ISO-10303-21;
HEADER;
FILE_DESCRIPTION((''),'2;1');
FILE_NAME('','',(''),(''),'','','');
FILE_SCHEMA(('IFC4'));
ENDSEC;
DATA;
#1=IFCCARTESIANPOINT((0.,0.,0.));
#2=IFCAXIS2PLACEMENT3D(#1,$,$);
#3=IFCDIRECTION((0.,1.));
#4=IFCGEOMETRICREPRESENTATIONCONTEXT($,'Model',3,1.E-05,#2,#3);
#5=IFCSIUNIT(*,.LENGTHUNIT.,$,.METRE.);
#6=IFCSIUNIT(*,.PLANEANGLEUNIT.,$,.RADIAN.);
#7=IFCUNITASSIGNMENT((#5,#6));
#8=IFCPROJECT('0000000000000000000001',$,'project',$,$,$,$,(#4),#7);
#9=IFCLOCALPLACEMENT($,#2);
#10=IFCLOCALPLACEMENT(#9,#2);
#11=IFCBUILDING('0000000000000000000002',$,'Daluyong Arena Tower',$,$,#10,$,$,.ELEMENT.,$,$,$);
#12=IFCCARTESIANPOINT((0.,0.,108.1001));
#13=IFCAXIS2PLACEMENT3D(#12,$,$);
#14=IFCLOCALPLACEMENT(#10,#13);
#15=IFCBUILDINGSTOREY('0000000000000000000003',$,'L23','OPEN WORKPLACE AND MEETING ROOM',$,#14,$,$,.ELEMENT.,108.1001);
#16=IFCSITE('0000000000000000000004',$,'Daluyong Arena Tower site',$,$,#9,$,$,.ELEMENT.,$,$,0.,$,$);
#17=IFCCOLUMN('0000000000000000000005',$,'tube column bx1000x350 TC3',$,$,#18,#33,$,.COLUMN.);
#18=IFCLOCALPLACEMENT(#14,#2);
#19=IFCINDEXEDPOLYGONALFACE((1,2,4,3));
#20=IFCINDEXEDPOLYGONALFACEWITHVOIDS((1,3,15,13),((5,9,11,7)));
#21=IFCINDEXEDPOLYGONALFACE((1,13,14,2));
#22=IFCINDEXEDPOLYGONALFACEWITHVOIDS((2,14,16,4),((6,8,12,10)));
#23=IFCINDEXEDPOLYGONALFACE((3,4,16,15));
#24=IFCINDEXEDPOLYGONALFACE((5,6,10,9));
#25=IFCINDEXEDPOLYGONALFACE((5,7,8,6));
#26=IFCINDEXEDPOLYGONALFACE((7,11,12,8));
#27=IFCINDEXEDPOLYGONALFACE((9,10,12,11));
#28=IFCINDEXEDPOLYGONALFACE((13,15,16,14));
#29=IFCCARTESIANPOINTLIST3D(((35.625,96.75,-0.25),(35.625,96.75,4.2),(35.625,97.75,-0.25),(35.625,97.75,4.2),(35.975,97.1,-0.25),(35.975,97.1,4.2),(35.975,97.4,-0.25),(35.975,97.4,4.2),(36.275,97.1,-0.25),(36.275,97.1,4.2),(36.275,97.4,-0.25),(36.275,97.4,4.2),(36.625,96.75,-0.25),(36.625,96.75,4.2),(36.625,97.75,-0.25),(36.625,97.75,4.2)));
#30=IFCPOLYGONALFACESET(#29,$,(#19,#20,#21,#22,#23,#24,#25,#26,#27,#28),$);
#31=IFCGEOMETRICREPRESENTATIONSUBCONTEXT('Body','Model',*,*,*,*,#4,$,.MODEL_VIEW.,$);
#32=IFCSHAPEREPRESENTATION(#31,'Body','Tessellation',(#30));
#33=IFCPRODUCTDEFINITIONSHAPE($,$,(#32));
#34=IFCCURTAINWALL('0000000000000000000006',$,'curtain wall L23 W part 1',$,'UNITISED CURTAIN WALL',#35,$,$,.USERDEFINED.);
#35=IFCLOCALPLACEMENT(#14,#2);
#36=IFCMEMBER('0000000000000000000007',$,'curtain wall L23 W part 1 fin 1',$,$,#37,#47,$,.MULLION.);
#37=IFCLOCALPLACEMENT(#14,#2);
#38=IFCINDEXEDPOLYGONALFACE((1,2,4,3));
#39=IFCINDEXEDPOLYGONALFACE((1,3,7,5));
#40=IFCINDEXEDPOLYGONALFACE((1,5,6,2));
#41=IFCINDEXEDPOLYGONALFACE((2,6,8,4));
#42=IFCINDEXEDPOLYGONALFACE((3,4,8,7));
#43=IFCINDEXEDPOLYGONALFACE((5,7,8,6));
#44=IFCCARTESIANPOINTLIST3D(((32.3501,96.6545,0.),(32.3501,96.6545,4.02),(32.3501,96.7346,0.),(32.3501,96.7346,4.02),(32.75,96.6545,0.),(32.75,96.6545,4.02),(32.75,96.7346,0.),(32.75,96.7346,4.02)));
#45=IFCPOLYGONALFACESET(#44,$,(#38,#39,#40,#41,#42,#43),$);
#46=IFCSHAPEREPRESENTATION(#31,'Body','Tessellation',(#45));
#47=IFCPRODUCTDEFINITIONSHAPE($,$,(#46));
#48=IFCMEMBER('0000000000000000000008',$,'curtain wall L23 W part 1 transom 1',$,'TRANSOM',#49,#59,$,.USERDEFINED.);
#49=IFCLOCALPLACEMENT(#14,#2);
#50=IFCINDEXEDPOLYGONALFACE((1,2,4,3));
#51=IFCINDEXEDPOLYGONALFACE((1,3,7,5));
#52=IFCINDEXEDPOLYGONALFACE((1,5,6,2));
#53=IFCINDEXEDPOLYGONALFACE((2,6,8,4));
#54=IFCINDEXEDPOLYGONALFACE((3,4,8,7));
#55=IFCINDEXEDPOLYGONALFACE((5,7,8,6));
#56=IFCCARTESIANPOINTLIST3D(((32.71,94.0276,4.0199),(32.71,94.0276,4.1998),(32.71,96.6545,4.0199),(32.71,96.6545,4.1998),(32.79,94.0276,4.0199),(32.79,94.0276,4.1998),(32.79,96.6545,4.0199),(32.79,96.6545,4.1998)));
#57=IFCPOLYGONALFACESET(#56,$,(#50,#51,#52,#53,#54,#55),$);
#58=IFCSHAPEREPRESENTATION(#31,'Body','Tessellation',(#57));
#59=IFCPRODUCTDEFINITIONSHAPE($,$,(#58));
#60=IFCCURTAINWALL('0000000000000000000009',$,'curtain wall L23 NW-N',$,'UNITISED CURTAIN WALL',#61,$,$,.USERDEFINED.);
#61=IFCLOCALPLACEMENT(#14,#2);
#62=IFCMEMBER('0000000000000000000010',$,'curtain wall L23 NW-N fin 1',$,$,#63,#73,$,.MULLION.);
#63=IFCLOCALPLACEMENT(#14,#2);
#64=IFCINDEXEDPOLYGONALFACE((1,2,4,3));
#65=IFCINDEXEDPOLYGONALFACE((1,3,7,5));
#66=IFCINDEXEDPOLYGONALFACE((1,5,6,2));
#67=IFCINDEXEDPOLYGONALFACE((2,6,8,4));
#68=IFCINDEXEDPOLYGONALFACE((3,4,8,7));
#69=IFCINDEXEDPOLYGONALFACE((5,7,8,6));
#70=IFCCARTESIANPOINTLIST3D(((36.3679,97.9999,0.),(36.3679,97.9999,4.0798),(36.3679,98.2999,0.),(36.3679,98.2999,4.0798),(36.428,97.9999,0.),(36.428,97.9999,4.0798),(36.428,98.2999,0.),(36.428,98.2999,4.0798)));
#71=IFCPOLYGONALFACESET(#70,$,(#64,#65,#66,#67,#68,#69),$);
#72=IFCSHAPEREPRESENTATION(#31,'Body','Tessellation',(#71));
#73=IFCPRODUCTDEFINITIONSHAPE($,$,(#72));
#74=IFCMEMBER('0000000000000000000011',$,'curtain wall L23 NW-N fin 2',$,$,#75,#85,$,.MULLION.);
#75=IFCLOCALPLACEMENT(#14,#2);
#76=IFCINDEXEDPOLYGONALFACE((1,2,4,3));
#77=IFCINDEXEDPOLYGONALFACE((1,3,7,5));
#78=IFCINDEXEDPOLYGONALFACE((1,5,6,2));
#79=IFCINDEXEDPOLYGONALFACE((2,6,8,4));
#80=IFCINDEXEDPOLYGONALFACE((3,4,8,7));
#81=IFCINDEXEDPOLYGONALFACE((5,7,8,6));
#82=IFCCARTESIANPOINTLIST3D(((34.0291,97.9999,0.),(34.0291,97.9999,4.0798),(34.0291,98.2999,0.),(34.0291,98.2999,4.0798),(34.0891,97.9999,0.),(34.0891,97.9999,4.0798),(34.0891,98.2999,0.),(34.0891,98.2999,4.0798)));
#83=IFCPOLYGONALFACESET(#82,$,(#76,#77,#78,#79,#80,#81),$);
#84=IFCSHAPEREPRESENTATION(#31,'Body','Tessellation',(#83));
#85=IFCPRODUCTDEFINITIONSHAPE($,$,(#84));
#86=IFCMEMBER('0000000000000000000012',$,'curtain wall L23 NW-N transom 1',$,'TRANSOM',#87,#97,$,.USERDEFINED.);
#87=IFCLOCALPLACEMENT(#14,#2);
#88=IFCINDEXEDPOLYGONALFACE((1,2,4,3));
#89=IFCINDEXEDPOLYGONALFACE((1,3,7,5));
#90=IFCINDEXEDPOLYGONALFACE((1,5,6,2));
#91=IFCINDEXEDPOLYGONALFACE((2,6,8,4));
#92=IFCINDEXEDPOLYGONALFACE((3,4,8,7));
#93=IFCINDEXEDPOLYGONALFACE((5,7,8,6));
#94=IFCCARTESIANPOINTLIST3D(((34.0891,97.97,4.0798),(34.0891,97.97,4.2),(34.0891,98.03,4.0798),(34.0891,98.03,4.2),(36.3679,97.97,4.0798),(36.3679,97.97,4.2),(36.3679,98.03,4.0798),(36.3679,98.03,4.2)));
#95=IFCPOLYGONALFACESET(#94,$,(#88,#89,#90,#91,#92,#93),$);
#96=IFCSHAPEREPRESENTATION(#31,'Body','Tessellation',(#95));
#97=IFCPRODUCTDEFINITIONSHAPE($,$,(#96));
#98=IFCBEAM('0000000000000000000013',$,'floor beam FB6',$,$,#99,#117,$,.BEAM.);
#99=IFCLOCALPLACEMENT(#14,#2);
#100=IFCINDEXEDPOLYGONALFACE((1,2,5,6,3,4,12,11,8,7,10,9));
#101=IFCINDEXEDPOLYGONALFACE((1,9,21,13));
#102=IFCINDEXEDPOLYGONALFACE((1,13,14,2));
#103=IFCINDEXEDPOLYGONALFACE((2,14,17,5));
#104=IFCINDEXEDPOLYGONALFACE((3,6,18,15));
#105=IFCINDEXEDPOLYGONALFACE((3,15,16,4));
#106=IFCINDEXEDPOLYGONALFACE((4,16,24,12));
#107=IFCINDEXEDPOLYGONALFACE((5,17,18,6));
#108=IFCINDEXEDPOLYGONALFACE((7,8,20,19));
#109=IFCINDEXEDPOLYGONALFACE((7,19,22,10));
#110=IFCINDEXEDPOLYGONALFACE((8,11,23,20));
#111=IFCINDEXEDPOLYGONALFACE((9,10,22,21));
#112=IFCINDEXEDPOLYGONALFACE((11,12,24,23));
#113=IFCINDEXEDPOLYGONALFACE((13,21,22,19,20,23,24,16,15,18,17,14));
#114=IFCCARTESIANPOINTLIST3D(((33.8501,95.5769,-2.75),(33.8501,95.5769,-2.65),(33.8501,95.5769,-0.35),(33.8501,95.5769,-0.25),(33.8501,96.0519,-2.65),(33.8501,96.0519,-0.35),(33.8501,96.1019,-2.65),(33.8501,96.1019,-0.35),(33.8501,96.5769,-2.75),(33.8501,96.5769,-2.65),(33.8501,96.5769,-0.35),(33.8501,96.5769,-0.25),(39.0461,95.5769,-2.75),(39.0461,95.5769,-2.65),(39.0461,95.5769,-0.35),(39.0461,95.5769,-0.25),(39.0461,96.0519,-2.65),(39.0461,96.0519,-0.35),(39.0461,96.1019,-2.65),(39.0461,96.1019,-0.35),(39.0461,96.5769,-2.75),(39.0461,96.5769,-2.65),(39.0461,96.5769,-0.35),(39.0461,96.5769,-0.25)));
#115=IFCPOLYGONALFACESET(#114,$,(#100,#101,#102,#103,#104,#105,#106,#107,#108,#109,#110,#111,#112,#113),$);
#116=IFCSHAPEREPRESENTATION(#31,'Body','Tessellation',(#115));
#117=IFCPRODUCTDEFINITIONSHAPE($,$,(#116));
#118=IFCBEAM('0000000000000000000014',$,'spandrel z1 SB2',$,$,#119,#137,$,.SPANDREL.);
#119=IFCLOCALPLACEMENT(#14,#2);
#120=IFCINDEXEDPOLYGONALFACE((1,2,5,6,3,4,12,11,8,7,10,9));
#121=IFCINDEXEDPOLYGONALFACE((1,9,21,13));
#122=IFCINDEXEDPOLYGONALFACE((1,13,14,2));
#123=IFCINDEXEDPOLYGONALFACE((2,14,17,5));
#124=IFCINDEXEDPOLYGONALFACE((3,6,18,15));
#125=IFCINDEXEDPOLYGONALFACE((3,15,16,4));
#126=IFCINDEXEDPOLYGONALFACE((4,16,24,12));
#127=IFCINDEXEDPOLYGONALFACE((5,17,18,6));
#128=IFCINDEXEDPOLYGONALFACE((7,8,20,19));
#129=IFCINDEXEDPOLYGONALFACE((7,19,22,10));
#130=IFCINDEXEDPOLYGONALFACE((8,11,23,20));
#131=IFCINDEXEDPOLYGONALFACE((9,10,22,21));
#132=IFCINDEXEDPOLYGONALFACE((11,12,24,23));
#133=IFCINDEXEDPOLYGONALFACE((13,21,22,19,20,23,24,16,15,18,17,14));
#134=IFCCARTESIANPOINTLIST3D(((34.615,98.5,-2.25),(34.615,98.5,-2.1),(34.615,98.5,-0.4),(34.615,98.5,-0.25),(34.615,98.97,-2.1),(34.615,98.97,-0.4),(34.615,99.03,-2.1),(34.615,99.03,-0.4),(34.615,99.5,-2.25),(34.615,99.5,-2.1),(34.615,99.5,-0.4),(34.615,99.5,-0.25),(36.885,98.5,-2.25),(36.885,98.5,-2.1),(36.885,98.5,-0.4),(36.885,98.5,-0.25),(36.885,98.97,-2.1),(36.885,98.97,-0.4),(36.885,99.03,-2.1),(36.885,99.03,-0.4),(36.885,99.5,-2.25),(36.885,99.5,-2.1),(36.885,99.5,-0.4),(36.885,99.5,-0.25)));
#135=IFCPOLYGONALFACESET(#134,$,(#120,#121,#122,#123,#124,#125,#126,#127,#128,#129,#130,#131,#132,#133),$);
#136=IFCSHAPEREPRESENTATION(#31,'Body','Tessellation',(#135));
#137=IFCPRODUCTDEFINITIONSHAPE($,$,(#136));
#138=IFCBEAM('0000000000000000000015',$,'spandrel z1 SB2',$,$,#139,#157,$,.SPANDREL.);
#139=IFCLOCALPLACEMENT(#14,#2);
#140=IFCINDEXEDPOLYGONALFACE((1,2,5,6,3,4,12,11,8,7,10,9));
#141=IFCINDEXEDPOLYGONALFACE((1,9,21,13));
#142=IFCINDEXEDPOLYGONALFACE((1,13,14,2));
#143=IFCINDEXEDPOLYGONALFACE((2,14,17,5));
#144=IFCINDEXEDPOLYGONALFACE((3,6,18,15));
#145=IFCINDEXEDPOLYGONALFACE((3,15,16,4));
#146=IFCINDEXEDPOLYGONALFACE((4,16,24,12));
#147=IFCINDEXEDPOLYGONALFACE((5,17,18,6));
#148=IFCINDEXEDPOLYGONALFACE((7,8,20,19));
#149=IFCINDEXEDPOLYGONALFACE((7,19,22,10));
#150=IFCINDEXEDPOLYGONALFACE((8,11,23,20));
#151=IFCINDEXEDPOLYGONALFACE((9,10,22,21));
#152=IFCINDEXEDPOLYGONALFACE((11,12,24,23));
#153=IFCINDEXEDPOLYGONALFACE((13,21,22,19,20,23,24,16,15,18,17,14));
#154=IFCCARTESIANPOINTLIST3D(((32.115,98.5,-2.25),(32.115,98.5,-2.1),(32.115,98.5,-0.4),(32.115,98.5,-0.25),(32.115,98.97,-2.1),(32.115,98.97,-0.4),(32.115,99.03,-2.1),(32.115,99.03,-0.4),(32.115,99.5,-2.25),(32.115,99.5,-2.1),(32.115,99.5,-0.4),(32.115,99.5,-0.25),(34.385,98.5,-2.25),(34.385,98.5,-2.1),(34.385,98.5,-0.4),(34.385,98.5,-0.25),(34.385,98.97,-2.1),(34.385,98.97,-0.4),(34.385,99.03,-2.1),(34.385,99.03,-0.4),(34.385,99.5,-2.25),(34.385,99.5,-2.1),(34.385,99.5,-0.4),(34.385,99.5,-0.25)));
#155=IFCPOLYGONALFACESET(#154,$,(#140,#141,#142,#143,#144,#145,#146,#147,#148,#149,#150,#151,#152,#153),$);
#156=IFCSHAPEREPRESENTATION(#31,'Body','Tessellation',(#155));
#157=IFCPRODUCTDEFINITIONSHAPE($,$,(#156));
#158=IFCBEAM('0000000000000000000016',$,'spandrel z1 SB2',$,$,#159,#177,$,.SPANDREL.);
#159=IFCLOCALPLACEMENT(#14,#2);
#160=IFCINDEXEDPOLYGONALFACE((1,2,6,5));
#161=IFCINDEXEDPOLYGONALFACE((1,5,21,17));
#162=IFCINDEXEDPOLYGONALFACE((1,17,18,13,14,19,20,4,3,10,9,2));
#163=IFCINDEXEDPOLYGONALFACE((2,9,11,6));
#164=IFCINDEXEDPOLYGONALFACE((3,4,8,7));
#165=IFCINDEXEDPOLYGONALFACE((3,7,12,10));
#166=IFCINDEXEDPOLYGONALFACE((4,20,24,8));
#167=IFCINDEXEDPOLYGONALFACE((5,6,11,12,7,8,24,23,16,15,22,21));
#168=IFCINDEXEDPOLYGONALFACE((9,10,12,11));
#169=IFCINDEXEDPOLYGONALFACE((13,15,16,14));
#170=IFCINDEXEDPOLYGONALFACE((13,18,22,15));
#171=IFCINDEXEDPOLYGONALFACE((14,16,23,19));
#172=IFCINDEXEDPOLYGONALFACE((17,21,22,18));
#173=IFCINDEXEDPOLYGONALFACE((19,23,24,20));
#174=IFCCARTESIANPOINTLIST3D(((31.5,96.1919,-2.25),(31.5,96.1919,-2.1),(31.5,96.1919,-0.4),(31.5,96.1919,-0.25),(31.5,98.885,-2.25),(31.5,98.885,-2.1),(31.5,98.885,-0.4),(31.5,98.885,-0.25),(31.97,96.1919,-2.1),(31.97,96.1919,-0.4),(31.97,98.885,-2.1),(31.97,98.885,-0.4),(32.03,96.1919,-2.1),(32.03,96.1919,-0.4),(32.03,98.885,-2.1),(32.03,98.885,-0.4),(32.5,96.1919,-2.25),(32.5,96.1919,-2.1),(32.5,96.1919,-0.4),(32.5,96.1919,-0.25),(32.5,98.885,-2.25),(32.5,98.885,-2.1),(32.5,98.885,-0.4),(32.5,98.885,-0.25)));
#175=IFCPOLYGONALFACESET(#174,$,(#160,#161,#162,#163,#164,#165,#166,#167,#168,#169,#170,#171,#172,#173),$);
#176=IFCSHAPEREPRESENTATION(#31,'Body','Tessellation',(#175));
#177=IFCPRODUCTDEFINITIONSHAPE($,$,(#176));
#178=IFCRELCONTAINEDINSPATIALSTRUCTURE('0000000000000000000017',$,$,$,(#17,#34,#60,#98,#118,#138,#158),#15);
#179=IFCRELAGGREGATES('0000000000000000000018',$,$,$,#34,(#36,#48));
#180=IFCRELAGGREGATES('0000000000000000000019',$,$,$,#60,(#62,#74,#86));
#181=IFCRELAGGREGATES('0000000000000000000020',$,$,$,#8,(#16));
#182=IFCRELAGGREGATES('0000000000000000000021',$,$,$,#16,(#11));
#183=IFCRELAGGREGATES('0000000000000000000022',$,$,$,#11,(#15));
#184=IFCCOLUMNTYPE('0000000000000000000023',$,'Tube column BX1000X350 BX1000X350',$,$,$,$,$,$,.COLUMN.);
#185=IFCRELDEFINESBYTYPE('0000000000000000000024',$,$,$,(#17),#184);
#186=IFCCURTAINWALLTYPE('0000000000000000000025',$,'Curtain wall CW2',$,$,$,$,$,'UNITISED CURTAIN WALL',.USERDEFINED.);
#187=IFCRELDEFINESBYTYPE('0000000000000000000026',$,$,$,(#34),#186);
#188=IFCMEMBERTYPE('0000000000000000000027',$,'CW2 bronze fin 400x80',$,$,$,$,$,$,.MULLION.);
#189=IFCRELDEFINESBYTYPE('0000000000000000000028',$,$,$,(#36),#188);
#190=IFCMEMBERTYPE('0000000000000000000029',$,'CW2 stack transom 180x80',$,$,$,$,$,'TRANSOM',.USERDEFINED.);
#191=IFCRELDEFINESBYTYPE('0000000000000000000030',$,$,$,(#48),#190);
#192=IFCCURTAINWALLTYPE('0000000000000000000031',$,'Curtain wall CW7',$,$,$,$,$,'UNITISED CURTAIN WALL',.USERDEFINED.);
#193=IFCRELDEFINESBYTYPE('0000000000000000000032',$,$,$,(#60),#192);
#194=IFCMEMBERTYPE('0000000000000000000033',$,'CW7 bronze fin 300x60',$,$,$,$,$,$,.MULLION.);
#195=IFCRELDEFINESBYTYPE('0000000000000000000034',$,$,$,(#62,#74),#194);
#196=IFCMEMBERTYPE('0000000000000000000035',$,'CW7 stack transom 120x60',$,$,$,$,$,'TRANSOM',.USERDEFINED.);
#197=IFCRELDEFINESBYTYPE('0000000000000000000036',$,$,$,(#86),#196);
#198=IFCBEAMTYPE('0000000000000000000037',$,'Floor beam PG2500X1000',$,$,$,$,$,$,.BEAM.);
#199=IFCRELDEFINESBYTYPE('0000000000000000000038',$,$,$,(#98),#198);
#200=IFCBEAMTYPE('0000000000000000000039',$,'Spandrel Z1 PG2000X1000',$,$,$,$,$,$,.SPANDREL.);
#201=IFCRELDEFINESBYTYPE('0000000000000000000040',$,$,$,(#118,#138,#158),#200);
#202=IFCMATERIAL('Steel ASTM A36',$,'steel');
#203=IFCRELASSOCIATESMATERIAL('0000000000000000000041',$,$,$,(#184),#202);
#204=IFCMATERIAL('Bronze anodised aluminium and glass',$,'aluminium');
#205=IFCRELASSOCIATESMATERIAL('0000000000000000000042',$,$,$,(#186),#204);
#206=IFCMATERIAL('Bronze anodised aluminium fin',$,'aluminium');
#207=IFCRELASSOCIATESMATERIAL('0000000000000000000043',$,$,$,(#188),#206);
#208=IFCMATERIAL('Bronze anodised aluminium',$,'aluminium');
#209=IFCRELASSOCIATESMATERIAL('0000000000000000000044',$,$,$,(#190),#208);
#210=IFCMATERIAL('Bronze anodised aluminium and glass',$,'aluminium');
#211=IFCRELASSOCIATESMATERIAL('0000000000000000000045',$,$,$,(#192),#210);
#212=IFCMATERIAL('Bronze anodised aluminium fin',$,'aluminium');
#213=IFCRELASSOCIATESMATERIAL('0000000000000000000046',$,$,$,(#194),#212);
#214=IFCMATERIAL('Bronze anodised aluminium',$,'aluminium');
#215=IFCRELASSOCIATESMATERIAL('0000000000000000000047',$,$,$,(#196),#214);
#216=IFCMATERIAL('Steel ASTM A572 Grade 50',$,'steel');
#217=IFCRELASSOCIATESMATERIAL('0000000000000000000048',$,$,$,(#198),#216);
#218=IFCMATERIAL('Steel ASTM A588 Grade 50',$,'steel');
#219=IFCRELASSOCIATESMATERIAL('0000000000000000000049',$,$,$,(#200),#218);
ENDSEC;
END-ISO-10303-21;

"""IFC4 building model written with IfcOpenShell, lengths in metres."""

from ifc_helpers import new_model, si_unit, direction, frame, origin, origin_2d, place, context, subcontext, project, spatial, rectangle, hollow_rectangle, i_section, extrude, material, material_profile, profile_set, type_object, element, aggregate, save


model = new_model("IFC4")

# Units and contexts
model_context = context("Model", 3, precision=1e-05, world=origin(), true_north=direction((0.0, 1.0)))
body_context = subcontext(model_context, "Body", "Model", "MODEL_VIEW")
ifc_project = project(units=[si_unit("LENGTHUNIT", "METRE"), si_unit("PLANEANGLEUNIT", "RADIAN")], contexts=[model_context])

# Site, building, storey
site_placement = place(None, origin())
site = spatial("IfcSite", under=ifc_project, at=site_placement, Name="Daluyong Arena Tower site", CompositionType="ELEMENT", RefElevation=0.0)
building_placement = place(site_placement, origin())
building = spatial("IfcBuilding", under=site, at=building_placement, Name="Daluyong Arena Tower", CompositionType="ELEMENT")
storey_placement = place(building_placement, frame((0.0, 0.0, 108.1001)))
storey = spatial("IfcBuildingStorey", under=building, at=storey_placement, Name="L23", Description="OPEN WORKPLACE AND MEETING ROOM", CompositionType="ELEMENT", Elevation=108.1001)

# Column
ifc_material_1 = material(Name="Steel ASTM A36", Category="steel")
ifc_material_profile_1 = material_profile(ifc_material_1, hollow_rectangle(XDim=1.0, YDim=1.0, WallThickness=0.35, at=origin_2d()))
ifc_profile_set_1 = profile_set([ifc_material_profile_1], Name="Steel ASTM A36")
column_type_1 = type_object("IfcColumnType", Name="Tube column BX1000X350 BX1000X350", PredefinedType="COLUMN", material=ifc_profile_set_1)
column_1_placement = place(storey_placement, frame((36.125, 97.25, -0.25), z_axis=(0.0, 0.0, 1.0), x_axis=(1.0, 0.0, 0.0)))
element("IfcColumn", 1, at=column_1_placement, inside=storey, type_object=column_type_1, Name="tube column bx1000x350 TC3", PredefinedType="COLUMN", context=body_context, shape_type="SweptSolid", body=[
    extrude(hollow_rectangle(XDim=1.0, YDim=1.0, WallThickness=0.35, at=origin_2d()), origin(), (0.0, 0.0, 1.0), 4.45),
])

# Curtain walls, members
ifc_material_2 = material(Name="Bronze anodised aluminium and glass", Category="aluminium")
curtain_wall_type_1 = type_object("IfcCurtainWallType", Name="Curtain wall CW2", ElementType="UNITISED CURTAIN WALL", PredefinedType="USERDEFINED", material=ifc_material_2)
curtain_wall_1_placement = place(storey_placement, origin())
curtain_wall_1 = element("IfcCurtainWall", 2, at=curtain_wall_1_placement, inside=storey, type_object=curtain_wall_type_1, Name="curtain wall L23 W part 1", ObjectType="UNITISED CURTAIN WALL", PredefinedType="USERDEFINED")
ifc_material_3 = material(Name="Bronze anodised aluminium fin", Category="aluminium")
ifc_material_profile_2 = material_profile(ifc_material_3, rectangle(XDim=0.3999, YDim=0.0801, at=origin_2d()))
ifc_profile_set_2 = profile_set([ifc_material_profile_2], Name="Bronze anodised aluminium fin")
member_type_1 = type_object("IfcMemberType", Name="CW2 bronze fin 400x80", PredefinedType="MULLION", material=ifc_profile_set_2)
member_1_placement = place(storey_placement, frame((32.55, 96.6946, 0.0), z_axis=(0.0, 0.0, 1.0), x_axis=(1.0, 0.0, 0.0)))
member_1 = element("IfcMember", 3, at=member_1_placement, type_object=member_type_1, Name="curtain wall L23 W part 1 fin 1", PredefinedType="MULLION", context=body_context, shape_type="SweptSolid", body=[
    extrude(rectangle(XDim=0.3999, YDim=0.0801, at=origin_2d()), origin(), (0.0, 0.0, 1.0), 4.02),
])
ifc_material_4 = material(Name="Bronze anodised aluminium", Category="aluminium")
ifc_material_profile_3 = material_profile(ifc_material_4, rectangle(XDim=0.0801, YDim=0.1799, at=origin_2d()))
ifc_profile_set_3 = profile_set([ifc_material_profile_3], Name="Bronze anodised aluminium")
member_type_2 = type_object("IfcMemberType", Name="CW2 stack transom 180x80", ElementType="TRANSOM", PredefinedType="USERDEFINED", material=ifc_profile_set_3)
member_2_placement = place(storey_placement, frame((32.75, 96.6545, 4.1099), z_axis=(0.0, -1.0, 0.0), x_axis=(1.0, 0.0, 0.0)))
member_2 = element("IfcMember", 4, at=member_2_placement, type_object=member_type_2, Name="curtain wall L23 W part 1 transom 1", ObjectType="TRANSOM", PredefinedType="USERDEFINED", context=body_context, shape_type="SweptSolid", body=[
    extrude(rectangle(XDim=0.0801, YDim=0.1799, at=origin_2d()), origin(), (0.0, 0.0, 1.0), 2.627),
])
ifc_material_5 = material(Name="Bronze anodised aluminium and glass", Category="aluminium")
curtain_wall_type_2 = type_object("IfcCurtainWallType", Name="Curtain wall CW7", ElementType="UNITISED CURTAIN WALL", PredefinedType="USERDEFINED", material=ifc_material_5)
curtain_wall_2_placement = place(storey_placement, origin())
curtain_wall_2 = element("IfcCurtainWall", 5, at=curtain_wall_2_placement, inside=storey, type_object=curtain_wall_type_2, Name="curtain wall L23 NW-N", ObjectType="UNITISED CURTAIN WALL", PredefinedType="USERDEFINED")
ifc_material_6 = material(Name="Bronze anodised aluminium fin", Category="aluminium")
ifc_material_profile_4 = material_profile(ifc_material_6, rectangle(XDim=0.3, YDim=0.0601, at=origin_2d()))
ifc_profile_set_4 = profile_set([ifc_material_profile_4], Name="Bronze anodised aluminium fin")
member_type_3 = type_object("IfcMemberType", Name="CW7 bronze fin 300x60", PredefinedType="MULLION", material=ifc_profile_set_4)
member_3_placement = place(storey_placement, frame((36.3979, 98.1499, 0.0), z_axis=(0.0, 0.0, 1.0), x_axis=(0.0, -1.0, 0.0)))
member_3 = element("IfcMember", 6, at=member_3_placement, type_object=member_type_3, Name="curtain wall L23 NW-N fin 1", PredefinedType="MULLION", context=body_context, shape_type="SweptSolid", body=[
    extrude(rectangle(XDim=0.3, YDim=0.0601, at=origin_2d()), origin(), (0.0, 0.0, 1.0), 4.0798),
])
member_4_placement = place(storey_placement, frame((34.0591, 98.1499, 0.0), z_axis=(0.0, 0.0, 1.0), x_axis=(0.0, -1.0, 0.0)))
member_4 = element("IfcMember", 7, at=member_4_placement, type_object=member_type_3, Name="curtain wall L23 NW-N fin 2", PredefinedType="MULLION", context=body_context, shape_type="SweptSolid", body=[
    extrude(rectangle(XDim=0.3, YDim=0.0601, at=origin_2d()), origin(), (0.0, 0.0, 1.0), 4.0798),
])
ifc_material_7 = material(Name="Bronze anodised aluminium", Category="aluminium")
ifc_material_profile_5 = material_profile(ifc_material_7, rectangle(XDim=0.0601, YDim=0.1201, at=origin_2d()))
ifc_profile_set_5 = profile_set([ifc_material_profile_5], Name="Bronze anodised aluminium")
member_type_4 = type_object("IfcMemberType", Name="CW7 stack transom 120x60", ElementType="TRANSOM", PredefinedType="USERDEFINED", material=ifc_profile_set_5)
member_5_placement = place(storey_placement, frame((36.3679, 98.0, 4.1399), z_axis=(-1.0, 0.0, 0.0), x_axis=(0.0, -1.0, 0.0)))
member_5 = element("IfcMember", 8, at=member_5_placement, type_object=member_type_4, Name="curtain wall L23 NW-N transom 1", ObjectType="TRANSOM", PredefinedType="USERDEFINED", context=body_context, shape_type="SweptSolid", body=[
    extrude(rectangle(XDim=0.0601, YDim=0.1201, at=origin_2d()), origin(), (0.0, 0.0, 1.0), 2.2788),
])

# Beams
ifc_material_8 = material(Name="Steel ASTM A572 Grade 50", Category="steel")
ifc_material_profile_6 = material_profile(ifc_material_8, i_section(OverallWidth=1.0, OverallDepth=2.5, WebThickness=0.05, FlangeThickness=0.1, at=origin_2d()))
ifc_profile_set_6 = profile_set([ifc_material_profile_6], Name="Steel ASTM A572 Grade 50")
beam_type_1 = type_object("IfcBeamType", Name="Floor beam PG2500X1000", PredefinedType="BEAM", material=ifc_profile_set_6)
beam_1_placement = place(storey_placement, frame((33.8501, 96.0769, -1.5), z_axis=(1.0, 0.0, 0.0), x_axis=(0.0, 1.0, 0.0)))
element("IfcBeam", 9, at=beam_1_placement, inside=storey, type_object=beam_type_1, Name="floor beam FB6", PredefinedType="BEAM", context=body_context, shape_type="SweptSolid", body=[
    extrude(i_section(OverallWidth=1.0, OverallDepth=2.5, WebThickness=0.05, FlangeThickness=0.1, at=origin_2d()), origin(), (0.0, 0.0, 1.0), 5.196),
])
ifc_material_9 = material(Name="Steel ASTM A588 Grade 50", Category="steel")
ifc_material_profile_7 = material_profile(ifc_material_9, i_section(OverallWidth=1.0, OverallDepth=2.0, WebThickness=0.06, FlangeThickness=0.15, at=origin_2d()))
ifc_profile_set_7 = profile_set([ifc_material_profile_7], Name="Steel ASTM A588 Grade 50")
beam_type_2 = type_object("IfcBeamType", Name="Spandrel Z1 PG2000X1000", PredefinedType="SPANDREL", material=ifc_profile_set_7)
for number, where, z_axis, x_axis, name in (
    (10, (36.885, 99.0, -1.25), (-1.0, 0.0, 0.0), (0.0, -1.0, 0.0), "spandrel z1 SB2"),
    (11, (34.385, 99.0, -1.25), (-1.0, 0.0, 0.0), (0.0, -1.0, 0.0), "spandrel z1 SB2"),
):
    element("IfcBeam", number, at=place(storey_placement, frame(where, z_axis=z_axis, x_axis=x_axis)), inside=storey, type_object=beam_type_2, Name=name, PredefinedType="SPANDREL", context=body_context, shape_type="SweptSolid", body=[
        extrude(i_section(OverallWidth=1.0, OverallDepth=2.0, WebThickness=0.06, FlangeThickness=0.15, at=origin_2d()), origin(), (0.0, 0.0, 1.0), 2.27),
    ])
for number, where, z_axis, x_axis, name in (
    (12, (32.0, 98.885, -1.25), (0.0, -1.0, 0.0), (1.0, 0.0, 0.0), "spandrel z1 SB2"),
):
    element("IfcBeam", number, at=place(storey_placement, frame(where, z_axis=z_axis, x_axis=x_axis)), inside=storey, type_object=beam_type_2, Name=name, PredefinedType="SPANDREL", context=body_context, shape_type="SweptSolid", body=[
        extrude(i_section(OverallWidth=1.0, OverallDepth=2.0, WebThickness=0.06, FlangeThickness=0.15, at=origin_2d()), origin(), (0.0, 0.0, 1.0), 2.6931),
    ])

aggregate(curtain_wall_1, [member_1, member_2])
aggregate(curtain_wall_2, [member_3, member_4, member_5])

save(model, "model.ifc")
